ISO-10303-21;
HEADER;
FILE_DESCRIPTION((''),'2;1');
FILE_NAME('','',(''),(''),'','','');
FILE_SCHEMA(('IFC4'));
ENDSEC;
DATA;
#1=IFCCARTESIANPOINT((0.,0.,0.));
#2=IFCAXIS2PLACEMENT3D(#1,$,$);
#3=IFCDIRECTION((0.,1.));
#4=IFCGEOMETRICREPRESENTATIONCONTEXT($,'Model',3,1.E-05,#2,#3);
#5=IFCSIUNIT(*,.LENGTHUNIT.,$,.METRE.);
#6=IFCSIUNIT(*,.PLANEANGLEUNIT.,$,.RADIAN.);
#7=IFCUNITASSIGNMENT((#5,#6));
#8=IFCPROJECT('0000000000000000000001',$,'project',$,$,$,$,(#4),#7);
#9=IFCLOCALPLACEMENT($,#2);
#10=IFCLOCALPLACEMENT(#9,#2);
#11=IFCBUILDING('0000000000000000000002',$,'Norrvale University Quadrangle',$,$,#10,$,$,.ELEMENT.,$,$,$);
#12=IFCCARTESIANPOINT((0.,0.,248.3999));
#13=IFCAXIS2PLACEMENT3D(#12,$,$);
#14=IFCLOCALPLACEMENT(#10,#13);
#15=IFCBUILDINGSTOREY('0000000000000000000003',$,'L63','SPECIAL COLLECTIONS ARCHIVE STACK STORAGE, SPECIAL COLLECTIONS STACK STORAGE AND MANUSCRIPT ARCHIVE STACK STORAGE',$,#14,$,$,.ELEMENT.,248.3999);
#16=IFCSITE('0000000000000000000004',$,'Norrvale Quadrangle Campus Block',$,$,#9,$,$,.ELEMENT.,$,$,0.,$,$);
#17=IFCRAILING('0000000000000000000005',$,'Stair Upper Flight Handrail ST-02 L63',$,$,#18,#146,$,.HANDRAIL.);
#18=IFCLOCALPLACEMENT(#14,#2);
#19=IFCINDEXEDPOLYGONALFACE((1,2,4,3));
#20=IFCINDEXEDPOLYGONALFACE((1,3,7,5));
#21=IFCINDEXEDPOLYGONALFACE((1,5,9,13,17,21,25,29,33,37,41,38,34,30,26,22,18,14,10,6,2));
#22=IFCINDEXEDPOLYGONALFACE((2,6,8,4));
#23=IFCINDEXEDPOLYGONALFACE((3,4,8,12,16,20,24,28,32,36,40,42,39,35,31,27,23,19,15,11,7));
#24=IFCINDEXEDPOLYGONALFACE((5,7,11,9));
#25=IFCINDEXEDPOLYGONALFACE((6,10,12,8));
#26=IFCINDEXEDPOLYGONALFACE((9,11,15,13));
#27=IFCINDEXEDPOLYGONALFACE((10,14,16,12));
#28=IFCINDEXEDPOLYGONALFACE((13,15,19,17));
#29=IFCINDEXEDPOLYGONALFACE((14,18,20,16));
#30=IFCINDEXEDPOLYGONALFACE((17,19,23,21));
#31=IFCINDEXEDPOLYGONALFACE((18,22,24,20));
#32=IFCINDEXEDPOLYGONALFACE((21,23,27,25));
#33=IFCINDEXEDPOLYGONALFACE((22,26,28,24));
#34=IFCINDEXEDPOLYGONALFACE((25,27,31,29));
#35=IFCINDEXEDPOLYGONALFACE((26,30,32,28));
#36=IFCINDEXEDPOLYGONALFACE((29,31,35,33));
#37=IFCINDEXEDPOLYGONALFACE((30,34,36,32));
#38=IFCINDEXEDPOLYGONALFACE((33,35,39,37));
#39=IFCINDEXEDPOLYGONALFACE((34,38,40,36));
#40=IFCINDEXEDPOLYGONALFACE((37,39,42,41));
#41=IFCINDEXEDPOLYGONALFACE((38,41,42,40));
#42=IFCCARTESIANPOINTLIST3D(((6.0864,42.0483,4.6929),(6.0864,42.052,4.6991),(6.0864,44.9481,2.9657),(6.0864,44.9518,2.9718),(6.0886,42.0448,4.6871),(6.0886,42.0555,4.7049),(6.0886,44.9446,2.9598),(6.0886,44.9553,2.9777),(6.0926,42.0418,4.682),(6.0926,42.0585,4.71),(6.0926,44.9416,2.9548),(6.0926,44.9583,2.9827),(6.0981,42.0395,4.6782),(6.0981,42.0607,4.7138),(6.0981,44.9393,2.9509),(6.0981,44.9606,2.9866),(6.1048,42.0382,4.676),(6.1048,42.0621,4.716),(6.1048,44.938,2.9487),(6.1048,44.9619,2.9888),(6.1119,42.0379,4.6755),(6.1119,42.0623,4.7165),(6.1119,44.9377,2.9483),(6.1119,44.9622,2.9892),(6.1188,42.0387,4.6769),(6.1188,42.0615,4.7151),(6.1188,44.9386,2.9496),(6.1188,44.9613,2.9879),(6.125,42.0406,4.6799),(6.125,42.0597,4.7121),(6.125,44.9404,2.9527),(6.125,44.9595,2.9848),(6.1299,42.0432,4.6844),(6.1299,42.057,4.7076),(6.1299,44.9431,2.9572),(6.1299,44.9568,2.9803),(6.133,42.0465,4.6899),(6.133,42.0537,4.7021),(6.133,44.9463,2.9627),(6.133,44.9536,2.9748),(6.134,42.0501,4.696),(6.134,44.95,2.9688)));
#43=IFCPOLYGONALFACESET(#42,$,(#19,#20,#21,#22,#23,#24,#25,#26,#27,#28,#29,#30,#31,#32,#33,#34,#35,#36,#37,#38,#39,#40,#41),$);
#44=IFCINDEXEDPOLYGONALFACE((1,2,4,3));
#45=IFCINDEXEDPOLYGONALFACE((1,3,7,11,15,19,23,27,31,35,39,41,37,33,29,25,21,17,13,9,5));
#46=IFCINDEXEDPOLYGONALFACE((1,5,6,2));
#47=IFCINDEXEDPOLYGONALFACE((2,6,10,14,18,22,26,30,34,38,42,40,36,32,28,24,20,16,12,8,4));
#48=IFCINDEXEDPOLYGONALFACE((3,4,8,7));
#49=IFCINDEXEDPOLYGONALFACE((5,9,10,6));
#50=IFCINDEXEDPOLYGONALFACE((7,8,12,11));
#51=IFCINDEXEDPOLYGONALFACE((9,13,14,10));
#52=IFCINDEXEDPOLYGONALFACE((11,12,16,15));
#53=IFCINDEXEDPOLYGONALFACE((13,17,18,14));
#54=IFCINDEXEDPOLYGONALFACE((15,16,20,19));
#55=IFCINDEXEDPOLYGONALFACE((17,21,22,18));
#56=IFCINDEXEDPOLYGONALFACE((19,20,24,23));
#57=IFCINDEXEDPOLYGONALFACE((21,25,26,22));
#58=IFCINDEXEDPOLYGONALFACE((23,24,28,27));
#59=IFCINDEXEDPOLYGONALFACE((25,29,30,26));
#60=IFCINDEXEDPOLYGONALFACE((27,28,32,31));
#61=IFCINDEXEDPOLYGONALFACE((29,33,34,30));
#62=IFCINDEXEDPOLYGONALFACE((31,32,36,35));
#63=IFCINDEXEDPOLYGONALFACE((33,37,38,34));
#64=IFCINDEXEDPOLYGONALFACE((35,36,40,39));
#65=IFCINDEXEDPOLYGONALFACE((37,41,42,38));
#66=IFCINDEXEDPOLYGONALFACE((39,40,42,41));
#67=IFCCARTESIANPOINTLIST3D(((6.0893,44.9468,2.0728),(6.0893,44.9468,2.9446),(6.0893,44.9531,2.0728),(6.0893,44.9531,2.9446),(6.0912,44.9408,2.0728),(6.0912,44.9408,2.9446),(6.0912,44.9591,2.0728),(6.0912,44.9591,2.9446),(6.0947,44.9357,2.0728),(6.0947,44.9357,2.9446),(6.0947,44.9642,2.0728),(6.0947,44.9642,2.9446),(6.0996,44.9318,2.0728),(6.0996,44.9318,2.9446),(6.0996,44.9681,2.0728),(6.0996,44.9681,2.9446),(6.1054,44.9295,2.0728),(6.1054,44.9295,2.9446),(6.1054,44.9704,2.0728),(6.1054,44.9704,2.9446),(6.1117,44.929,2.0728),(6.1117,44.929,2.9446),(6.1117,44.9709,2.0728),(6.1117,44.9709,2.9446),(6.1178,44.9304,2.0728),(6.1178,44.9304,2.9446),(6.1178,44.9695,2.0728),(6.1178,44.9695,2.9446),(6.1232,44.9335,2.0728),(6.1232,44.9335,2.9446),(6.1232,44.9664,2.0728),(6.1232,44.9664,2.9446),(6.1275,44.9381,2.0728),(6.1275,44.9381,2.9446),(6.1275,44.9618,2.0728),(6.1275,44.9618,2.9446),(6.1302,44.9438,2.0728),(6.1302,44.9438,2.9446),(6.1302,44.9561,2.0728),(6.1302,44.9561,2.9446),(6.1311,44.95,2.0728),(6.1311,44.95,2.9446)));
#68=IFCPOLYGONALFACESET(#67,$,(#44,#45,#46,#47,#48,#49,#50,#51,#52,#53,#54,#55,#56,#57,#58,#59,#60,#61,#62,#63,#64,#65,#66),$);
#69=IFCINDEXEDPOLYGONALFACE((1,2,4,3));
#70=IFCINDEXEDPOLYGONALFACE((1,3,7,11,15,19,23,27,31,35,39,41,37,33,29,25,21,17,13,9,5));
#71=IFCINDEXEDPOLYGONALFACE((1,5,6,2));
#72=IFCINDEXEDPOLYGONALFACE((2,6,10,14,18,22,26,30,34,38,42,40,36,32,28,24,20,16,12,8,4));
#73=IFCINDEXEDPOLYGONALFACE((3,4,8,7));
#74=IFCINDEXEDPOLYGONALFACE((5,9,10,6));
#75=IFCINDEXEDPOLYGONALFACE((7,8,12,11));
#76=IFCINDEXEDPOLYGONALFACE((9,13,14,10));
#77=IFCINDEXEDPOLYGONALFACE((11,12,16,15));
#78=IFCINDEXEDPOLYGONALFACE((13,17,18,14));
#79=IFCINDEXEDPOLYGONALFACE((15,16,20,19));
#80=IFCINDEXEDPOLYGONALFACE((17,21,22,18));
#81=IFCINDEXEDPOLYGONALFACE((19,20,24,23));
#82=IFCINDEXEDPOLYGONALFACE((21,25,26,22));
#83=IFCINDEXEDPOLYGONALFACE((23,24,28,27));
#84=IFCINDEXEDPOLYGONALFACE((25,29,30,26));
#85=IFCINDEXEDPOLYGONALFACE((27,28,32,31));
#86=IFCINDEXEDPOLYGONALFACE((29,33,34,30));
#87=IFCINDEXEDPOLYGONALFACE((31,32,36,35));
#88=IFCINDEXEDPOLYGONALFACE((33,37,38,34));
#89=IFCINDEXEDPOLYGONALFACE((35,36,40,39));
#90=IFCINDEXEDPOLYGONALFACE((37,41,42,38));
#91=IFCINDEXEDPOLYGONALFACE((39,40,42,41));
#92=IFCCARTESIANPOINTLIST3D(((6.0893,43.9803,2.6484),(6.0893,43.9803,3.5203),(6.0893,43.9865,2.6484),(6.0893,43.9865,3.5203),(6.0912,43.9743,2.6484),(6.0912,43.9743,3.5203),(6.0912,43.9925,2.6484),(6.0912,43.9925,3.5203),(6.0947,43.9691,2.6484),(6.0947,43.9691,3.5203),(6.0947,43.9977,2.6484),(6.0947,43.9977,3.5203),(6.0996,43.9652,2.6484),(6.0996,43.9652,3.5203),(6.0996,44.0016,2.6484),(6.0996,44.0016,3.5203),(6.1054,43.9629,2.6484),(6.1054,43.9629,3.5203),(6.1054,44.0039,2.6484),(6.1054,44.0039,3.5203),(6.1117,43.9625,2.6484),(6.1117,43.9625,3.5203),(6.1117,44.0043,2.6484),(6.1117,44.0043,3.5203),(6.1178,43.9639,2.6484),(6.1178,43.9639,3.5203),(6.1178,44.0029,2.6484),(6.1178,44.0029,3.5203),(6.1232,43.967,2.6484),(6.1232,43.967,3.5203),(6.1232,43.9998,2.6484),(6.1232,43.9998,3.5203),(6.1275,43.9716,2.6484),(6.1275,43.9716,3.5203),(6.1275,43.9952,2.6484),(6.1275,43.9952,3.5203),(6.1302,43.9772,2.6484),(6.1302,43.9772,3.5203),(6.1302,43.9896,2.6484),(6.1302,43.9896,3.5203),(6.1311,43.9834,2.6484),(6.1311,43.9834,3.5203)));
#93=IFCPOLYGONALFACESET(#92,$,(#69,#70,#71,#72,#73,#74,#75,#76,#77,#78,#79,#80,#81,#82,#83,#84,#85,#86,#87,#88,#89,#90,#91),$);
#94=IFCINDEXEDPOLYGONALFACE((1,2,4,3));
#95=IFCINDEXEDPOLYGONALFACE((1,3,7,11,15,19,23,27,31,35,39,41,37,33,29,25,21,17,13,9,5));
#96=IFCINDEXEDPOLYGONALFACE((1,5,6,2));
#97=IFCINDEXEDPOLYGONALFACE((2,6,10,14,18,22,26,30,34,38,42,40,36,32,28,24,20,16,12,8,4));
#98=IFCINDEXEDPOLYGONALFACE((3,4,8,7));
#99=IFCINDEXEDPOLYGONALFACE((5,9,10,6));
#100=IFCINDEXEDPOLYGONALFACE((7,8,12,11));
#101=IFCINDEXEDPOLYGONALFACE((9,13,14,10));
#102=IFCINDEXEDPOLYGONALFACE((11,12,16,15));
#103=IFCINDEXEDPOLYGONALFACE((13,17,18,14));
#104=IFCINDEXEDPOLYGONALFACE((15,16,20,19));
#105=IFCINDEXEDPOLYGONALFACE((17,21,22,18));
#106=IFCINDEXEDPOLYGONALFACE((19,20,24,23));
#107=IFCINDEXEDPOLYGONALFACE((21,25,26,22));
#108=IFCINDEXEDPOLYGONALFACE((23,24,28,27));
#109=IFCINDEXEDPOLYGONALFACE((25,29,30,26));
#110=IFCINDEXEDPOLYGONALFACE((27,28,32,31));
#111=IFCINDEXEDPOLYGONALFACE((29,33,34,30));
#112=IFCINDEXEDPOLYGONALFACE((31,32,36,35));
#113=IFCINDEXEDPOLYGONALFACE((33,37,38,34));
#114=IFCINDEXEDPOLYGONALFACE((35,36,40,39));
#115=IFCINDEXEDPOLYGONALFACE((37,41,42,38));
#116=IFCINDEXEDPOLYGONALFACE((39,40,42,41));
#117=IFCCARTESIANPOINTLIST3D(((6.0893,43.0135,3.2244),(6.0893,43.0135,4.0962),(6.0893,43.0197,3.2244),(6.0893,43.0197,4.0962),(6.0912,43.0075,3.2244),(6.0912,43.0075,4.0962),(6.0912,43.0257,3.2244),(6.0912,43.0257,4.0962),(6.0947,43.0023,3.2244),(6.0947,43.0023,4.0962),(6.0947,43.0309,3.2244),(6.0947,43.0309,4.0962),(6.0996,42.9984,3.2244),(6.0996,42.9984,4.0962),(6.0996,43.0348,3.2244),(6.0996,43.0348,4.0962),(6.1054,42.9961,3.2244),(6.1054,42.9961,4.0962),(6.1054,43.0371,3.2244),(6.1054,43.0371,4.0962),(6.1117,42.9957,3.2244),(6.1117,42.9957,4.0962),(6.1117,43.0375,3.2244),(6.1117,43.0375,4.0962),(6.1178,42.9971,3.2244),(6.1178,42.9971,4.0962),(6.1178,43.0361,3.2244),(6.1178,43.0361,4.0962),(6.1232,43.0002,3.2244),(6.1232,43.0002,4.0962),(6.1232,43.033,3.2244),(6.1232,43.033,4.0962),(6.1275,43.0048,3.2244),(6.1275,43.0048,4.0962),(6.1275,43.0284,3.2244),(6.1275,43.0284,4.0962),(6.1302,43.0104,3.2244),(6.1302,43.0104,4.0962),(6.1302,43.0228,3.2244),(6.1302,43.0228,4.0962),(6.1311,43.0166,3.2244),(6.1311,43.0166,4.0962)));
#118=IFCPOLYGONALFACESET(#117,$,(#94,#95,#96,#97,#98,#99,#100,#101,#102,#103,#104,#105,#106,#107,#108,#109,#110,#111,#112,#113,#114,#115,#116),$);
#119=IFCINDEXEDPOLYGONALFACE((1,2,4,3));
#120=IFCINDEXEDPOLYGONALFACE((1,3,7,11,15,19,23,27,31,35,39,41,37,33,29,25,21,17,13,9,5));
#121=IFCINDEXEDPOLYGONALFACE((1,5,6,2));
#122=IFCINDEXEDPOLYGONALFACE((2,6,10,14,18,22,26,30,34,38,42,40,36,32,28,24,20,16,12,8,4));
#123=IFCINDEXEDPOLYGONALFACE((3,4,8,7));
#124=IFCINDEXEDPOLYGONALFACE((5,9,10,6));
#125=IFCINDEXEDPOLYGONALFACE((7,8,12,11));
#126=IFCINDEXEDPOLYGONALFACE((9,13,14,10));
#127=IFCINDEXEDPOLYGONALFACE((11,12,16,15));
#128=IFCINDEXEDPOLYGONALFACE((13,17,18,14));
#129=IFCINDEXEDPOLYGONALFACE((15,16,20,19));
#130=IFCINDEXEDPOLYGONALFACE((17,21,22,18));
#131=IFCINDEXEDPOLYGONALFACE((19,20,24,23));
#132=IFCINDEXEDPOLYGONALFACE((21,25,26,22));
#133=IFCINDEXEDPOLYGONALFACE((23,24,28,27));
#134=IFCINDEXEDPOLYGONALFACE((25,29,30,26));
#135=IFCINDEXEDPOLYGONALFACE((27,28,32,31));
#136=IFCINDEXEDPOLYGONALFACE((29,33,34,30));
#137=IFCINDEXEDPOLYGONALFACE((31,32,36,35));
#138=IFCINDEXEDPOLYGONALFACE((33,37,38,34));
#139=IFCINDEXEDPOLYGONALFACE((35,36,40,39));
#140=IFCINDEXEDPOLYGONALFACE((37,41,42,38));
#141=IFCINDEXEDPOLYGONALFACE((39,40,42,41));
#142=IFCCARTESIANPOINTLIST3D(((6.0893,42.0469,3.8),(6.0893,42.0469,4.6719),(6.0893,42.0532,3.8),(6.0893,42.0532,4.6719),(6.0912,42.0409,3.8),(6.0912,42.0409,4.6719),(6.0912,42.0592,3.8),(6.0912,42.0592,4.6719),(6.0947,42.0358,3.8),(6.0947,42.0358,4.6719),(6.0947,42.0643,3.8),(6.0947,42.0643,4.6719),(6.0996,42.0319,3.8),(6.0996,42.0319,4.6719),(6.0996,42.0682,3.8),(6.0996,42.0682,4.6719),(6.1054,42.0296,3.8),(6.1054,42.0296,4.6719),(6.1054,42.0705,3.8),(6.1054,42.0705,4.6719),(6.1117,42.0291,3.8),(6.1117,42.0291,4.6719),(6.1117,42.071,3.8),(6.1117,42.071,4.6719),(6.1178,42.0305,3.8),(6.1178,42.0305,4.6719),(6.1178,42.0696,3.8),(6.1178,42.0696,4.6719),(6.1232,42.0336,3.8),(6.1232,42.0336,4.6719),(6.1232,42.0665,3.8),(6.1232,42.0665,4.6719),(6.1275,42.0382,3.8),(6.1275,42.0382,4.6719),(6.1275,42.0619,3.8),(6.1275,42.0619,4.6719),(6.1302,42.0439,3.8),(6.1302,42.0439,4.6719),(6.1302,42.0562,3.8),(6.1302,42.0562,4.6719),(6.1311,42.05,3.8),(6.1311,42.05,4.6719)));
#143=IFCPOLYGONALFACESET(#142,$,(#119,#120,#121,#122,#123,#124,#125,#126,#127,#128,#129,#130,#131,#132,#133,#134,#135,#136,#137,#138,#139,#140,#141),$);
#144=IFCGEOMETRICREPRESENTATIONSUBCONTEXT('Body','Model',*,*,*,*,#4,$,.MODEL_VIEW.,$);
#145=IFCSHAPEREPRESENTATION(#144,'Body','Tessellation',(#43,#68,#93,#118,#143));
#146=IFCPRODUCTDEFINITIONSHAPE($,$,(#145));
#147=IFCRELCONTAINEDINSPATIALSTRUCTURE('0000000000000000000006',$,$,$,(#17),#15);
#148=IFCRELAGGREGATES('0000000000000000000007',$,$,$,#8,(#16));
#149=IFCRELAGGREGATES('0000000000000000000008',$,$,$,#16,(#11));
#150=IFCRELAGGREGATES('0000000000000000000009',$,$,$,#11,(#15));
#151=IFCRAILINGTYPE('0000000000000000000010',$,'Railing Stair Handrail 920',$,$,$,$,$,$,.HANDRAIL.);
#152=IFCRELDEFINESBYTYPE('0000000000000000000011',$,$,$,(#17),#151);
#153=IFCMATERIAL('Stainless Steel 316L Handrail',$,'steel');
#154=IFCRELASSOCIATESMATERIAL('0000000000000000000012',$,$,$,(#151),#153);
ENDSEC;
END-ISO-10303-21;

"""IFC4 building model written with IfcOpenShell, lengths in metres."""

from ifc_helpers import new_model, si_unit, direction, frame, origin, origin_2d, place, context, subcontext, project, spatial, circle, extrude, material, type_object, element, save


model = new_model("IFC4")

# Units and contexts
model_context = context("Model", 3, precision=1e-05, world=origin(), true_north=direction((0.0, 1.0)))
body_context = subcontext(model_context, "Body", "Model", "MODEL_VIEW")
ifc_project = project(units=[si_unit("LENGTHUNIT", "METRE"), si_unit("PLANEANGLEUNIT", "RADIAN")], contexts=[model_context])

# Site, building, storey
site_placement = place(None, origin())
site = spatial("IfcSite", under=ifc_project, at=site_placement, Name="Norrvale Quadrangle Campus Block", CompositionType="ELEMENT", RefElevation=0.0)
building_placement = place(site_placement, origin())
building = spatial("IfcBuilding", under=site, at=building_placement, Name="Norrvale University Quadrangle", CompositionType="ELEMENT")
storey_placement = place(building_placement, frame((0.0, 0.0, 248.3999)))
storey = spatial("IfcBuildingStorey", under=building, at=storey_placement, Name="L63", Description="SPECIAL COLLECTIONS ARCHIVE STACK STORAGE, SPECIAL COLLECTIONS STACK STORAGE AND MANUSCRIPT ARCHIVE STACK STORAGE", CompositionType="ELEMENT", Elevation=248.3999)

# Railing
ifc_material_1 = material(Name="Stainless Steel 316L Handrail", Category="steel")
railing_type_1 = type_object("IfcRailingType", Name="Railing Stair Handrail 920", PredefinedType="HANDRAIL", material=ifc_material_1)
railing_1_placement = place(storey_placement, frame((6.1101, 44.95, 2.0728)))
element("IfcRailing", 1, at=railing_1_placement, inside=storey, type_object=railing_type_1, Name="Stair Upper Flight Handrail ST-02 L63", PredefinedType="HANDRAIL", context=body_context, shape_type="SweptSolid", body=[
    extrude(circle(Radius=0.0239, at=origin_2d()), frame((0.0, 0.0, 0.896), z_axis=(0.0, -0.859141, 0.511738), x_axis=(1.0, 0.0, 0.0)), (0.0, 0.0, 1.0), 3.3752),
    extrude(circle(Radius=0.021, at=origin_2d()), origin(), (0.0, 0.0, 1.0), 0.8718),
    extrude(circle(Radius=0.021, at=origin_2d()), frame((0.0, -0.9666, 0.5757)), (0.0, 0.0, 1.0), 0.8718),
    extrude(circle(Radius=0.021, at=origin_2d()), frame((0.0, -1.9333, 1.1516)), (0.0, 0.0, 1.0), 0.8718),
    extrude(circle(Radius=0.021, at=origin_2d()), frame((0.0, -2.8999, 1.7273)), (0.0, 0.0, 1.0), 0.8718),
])

save(model, "model.ifc")
